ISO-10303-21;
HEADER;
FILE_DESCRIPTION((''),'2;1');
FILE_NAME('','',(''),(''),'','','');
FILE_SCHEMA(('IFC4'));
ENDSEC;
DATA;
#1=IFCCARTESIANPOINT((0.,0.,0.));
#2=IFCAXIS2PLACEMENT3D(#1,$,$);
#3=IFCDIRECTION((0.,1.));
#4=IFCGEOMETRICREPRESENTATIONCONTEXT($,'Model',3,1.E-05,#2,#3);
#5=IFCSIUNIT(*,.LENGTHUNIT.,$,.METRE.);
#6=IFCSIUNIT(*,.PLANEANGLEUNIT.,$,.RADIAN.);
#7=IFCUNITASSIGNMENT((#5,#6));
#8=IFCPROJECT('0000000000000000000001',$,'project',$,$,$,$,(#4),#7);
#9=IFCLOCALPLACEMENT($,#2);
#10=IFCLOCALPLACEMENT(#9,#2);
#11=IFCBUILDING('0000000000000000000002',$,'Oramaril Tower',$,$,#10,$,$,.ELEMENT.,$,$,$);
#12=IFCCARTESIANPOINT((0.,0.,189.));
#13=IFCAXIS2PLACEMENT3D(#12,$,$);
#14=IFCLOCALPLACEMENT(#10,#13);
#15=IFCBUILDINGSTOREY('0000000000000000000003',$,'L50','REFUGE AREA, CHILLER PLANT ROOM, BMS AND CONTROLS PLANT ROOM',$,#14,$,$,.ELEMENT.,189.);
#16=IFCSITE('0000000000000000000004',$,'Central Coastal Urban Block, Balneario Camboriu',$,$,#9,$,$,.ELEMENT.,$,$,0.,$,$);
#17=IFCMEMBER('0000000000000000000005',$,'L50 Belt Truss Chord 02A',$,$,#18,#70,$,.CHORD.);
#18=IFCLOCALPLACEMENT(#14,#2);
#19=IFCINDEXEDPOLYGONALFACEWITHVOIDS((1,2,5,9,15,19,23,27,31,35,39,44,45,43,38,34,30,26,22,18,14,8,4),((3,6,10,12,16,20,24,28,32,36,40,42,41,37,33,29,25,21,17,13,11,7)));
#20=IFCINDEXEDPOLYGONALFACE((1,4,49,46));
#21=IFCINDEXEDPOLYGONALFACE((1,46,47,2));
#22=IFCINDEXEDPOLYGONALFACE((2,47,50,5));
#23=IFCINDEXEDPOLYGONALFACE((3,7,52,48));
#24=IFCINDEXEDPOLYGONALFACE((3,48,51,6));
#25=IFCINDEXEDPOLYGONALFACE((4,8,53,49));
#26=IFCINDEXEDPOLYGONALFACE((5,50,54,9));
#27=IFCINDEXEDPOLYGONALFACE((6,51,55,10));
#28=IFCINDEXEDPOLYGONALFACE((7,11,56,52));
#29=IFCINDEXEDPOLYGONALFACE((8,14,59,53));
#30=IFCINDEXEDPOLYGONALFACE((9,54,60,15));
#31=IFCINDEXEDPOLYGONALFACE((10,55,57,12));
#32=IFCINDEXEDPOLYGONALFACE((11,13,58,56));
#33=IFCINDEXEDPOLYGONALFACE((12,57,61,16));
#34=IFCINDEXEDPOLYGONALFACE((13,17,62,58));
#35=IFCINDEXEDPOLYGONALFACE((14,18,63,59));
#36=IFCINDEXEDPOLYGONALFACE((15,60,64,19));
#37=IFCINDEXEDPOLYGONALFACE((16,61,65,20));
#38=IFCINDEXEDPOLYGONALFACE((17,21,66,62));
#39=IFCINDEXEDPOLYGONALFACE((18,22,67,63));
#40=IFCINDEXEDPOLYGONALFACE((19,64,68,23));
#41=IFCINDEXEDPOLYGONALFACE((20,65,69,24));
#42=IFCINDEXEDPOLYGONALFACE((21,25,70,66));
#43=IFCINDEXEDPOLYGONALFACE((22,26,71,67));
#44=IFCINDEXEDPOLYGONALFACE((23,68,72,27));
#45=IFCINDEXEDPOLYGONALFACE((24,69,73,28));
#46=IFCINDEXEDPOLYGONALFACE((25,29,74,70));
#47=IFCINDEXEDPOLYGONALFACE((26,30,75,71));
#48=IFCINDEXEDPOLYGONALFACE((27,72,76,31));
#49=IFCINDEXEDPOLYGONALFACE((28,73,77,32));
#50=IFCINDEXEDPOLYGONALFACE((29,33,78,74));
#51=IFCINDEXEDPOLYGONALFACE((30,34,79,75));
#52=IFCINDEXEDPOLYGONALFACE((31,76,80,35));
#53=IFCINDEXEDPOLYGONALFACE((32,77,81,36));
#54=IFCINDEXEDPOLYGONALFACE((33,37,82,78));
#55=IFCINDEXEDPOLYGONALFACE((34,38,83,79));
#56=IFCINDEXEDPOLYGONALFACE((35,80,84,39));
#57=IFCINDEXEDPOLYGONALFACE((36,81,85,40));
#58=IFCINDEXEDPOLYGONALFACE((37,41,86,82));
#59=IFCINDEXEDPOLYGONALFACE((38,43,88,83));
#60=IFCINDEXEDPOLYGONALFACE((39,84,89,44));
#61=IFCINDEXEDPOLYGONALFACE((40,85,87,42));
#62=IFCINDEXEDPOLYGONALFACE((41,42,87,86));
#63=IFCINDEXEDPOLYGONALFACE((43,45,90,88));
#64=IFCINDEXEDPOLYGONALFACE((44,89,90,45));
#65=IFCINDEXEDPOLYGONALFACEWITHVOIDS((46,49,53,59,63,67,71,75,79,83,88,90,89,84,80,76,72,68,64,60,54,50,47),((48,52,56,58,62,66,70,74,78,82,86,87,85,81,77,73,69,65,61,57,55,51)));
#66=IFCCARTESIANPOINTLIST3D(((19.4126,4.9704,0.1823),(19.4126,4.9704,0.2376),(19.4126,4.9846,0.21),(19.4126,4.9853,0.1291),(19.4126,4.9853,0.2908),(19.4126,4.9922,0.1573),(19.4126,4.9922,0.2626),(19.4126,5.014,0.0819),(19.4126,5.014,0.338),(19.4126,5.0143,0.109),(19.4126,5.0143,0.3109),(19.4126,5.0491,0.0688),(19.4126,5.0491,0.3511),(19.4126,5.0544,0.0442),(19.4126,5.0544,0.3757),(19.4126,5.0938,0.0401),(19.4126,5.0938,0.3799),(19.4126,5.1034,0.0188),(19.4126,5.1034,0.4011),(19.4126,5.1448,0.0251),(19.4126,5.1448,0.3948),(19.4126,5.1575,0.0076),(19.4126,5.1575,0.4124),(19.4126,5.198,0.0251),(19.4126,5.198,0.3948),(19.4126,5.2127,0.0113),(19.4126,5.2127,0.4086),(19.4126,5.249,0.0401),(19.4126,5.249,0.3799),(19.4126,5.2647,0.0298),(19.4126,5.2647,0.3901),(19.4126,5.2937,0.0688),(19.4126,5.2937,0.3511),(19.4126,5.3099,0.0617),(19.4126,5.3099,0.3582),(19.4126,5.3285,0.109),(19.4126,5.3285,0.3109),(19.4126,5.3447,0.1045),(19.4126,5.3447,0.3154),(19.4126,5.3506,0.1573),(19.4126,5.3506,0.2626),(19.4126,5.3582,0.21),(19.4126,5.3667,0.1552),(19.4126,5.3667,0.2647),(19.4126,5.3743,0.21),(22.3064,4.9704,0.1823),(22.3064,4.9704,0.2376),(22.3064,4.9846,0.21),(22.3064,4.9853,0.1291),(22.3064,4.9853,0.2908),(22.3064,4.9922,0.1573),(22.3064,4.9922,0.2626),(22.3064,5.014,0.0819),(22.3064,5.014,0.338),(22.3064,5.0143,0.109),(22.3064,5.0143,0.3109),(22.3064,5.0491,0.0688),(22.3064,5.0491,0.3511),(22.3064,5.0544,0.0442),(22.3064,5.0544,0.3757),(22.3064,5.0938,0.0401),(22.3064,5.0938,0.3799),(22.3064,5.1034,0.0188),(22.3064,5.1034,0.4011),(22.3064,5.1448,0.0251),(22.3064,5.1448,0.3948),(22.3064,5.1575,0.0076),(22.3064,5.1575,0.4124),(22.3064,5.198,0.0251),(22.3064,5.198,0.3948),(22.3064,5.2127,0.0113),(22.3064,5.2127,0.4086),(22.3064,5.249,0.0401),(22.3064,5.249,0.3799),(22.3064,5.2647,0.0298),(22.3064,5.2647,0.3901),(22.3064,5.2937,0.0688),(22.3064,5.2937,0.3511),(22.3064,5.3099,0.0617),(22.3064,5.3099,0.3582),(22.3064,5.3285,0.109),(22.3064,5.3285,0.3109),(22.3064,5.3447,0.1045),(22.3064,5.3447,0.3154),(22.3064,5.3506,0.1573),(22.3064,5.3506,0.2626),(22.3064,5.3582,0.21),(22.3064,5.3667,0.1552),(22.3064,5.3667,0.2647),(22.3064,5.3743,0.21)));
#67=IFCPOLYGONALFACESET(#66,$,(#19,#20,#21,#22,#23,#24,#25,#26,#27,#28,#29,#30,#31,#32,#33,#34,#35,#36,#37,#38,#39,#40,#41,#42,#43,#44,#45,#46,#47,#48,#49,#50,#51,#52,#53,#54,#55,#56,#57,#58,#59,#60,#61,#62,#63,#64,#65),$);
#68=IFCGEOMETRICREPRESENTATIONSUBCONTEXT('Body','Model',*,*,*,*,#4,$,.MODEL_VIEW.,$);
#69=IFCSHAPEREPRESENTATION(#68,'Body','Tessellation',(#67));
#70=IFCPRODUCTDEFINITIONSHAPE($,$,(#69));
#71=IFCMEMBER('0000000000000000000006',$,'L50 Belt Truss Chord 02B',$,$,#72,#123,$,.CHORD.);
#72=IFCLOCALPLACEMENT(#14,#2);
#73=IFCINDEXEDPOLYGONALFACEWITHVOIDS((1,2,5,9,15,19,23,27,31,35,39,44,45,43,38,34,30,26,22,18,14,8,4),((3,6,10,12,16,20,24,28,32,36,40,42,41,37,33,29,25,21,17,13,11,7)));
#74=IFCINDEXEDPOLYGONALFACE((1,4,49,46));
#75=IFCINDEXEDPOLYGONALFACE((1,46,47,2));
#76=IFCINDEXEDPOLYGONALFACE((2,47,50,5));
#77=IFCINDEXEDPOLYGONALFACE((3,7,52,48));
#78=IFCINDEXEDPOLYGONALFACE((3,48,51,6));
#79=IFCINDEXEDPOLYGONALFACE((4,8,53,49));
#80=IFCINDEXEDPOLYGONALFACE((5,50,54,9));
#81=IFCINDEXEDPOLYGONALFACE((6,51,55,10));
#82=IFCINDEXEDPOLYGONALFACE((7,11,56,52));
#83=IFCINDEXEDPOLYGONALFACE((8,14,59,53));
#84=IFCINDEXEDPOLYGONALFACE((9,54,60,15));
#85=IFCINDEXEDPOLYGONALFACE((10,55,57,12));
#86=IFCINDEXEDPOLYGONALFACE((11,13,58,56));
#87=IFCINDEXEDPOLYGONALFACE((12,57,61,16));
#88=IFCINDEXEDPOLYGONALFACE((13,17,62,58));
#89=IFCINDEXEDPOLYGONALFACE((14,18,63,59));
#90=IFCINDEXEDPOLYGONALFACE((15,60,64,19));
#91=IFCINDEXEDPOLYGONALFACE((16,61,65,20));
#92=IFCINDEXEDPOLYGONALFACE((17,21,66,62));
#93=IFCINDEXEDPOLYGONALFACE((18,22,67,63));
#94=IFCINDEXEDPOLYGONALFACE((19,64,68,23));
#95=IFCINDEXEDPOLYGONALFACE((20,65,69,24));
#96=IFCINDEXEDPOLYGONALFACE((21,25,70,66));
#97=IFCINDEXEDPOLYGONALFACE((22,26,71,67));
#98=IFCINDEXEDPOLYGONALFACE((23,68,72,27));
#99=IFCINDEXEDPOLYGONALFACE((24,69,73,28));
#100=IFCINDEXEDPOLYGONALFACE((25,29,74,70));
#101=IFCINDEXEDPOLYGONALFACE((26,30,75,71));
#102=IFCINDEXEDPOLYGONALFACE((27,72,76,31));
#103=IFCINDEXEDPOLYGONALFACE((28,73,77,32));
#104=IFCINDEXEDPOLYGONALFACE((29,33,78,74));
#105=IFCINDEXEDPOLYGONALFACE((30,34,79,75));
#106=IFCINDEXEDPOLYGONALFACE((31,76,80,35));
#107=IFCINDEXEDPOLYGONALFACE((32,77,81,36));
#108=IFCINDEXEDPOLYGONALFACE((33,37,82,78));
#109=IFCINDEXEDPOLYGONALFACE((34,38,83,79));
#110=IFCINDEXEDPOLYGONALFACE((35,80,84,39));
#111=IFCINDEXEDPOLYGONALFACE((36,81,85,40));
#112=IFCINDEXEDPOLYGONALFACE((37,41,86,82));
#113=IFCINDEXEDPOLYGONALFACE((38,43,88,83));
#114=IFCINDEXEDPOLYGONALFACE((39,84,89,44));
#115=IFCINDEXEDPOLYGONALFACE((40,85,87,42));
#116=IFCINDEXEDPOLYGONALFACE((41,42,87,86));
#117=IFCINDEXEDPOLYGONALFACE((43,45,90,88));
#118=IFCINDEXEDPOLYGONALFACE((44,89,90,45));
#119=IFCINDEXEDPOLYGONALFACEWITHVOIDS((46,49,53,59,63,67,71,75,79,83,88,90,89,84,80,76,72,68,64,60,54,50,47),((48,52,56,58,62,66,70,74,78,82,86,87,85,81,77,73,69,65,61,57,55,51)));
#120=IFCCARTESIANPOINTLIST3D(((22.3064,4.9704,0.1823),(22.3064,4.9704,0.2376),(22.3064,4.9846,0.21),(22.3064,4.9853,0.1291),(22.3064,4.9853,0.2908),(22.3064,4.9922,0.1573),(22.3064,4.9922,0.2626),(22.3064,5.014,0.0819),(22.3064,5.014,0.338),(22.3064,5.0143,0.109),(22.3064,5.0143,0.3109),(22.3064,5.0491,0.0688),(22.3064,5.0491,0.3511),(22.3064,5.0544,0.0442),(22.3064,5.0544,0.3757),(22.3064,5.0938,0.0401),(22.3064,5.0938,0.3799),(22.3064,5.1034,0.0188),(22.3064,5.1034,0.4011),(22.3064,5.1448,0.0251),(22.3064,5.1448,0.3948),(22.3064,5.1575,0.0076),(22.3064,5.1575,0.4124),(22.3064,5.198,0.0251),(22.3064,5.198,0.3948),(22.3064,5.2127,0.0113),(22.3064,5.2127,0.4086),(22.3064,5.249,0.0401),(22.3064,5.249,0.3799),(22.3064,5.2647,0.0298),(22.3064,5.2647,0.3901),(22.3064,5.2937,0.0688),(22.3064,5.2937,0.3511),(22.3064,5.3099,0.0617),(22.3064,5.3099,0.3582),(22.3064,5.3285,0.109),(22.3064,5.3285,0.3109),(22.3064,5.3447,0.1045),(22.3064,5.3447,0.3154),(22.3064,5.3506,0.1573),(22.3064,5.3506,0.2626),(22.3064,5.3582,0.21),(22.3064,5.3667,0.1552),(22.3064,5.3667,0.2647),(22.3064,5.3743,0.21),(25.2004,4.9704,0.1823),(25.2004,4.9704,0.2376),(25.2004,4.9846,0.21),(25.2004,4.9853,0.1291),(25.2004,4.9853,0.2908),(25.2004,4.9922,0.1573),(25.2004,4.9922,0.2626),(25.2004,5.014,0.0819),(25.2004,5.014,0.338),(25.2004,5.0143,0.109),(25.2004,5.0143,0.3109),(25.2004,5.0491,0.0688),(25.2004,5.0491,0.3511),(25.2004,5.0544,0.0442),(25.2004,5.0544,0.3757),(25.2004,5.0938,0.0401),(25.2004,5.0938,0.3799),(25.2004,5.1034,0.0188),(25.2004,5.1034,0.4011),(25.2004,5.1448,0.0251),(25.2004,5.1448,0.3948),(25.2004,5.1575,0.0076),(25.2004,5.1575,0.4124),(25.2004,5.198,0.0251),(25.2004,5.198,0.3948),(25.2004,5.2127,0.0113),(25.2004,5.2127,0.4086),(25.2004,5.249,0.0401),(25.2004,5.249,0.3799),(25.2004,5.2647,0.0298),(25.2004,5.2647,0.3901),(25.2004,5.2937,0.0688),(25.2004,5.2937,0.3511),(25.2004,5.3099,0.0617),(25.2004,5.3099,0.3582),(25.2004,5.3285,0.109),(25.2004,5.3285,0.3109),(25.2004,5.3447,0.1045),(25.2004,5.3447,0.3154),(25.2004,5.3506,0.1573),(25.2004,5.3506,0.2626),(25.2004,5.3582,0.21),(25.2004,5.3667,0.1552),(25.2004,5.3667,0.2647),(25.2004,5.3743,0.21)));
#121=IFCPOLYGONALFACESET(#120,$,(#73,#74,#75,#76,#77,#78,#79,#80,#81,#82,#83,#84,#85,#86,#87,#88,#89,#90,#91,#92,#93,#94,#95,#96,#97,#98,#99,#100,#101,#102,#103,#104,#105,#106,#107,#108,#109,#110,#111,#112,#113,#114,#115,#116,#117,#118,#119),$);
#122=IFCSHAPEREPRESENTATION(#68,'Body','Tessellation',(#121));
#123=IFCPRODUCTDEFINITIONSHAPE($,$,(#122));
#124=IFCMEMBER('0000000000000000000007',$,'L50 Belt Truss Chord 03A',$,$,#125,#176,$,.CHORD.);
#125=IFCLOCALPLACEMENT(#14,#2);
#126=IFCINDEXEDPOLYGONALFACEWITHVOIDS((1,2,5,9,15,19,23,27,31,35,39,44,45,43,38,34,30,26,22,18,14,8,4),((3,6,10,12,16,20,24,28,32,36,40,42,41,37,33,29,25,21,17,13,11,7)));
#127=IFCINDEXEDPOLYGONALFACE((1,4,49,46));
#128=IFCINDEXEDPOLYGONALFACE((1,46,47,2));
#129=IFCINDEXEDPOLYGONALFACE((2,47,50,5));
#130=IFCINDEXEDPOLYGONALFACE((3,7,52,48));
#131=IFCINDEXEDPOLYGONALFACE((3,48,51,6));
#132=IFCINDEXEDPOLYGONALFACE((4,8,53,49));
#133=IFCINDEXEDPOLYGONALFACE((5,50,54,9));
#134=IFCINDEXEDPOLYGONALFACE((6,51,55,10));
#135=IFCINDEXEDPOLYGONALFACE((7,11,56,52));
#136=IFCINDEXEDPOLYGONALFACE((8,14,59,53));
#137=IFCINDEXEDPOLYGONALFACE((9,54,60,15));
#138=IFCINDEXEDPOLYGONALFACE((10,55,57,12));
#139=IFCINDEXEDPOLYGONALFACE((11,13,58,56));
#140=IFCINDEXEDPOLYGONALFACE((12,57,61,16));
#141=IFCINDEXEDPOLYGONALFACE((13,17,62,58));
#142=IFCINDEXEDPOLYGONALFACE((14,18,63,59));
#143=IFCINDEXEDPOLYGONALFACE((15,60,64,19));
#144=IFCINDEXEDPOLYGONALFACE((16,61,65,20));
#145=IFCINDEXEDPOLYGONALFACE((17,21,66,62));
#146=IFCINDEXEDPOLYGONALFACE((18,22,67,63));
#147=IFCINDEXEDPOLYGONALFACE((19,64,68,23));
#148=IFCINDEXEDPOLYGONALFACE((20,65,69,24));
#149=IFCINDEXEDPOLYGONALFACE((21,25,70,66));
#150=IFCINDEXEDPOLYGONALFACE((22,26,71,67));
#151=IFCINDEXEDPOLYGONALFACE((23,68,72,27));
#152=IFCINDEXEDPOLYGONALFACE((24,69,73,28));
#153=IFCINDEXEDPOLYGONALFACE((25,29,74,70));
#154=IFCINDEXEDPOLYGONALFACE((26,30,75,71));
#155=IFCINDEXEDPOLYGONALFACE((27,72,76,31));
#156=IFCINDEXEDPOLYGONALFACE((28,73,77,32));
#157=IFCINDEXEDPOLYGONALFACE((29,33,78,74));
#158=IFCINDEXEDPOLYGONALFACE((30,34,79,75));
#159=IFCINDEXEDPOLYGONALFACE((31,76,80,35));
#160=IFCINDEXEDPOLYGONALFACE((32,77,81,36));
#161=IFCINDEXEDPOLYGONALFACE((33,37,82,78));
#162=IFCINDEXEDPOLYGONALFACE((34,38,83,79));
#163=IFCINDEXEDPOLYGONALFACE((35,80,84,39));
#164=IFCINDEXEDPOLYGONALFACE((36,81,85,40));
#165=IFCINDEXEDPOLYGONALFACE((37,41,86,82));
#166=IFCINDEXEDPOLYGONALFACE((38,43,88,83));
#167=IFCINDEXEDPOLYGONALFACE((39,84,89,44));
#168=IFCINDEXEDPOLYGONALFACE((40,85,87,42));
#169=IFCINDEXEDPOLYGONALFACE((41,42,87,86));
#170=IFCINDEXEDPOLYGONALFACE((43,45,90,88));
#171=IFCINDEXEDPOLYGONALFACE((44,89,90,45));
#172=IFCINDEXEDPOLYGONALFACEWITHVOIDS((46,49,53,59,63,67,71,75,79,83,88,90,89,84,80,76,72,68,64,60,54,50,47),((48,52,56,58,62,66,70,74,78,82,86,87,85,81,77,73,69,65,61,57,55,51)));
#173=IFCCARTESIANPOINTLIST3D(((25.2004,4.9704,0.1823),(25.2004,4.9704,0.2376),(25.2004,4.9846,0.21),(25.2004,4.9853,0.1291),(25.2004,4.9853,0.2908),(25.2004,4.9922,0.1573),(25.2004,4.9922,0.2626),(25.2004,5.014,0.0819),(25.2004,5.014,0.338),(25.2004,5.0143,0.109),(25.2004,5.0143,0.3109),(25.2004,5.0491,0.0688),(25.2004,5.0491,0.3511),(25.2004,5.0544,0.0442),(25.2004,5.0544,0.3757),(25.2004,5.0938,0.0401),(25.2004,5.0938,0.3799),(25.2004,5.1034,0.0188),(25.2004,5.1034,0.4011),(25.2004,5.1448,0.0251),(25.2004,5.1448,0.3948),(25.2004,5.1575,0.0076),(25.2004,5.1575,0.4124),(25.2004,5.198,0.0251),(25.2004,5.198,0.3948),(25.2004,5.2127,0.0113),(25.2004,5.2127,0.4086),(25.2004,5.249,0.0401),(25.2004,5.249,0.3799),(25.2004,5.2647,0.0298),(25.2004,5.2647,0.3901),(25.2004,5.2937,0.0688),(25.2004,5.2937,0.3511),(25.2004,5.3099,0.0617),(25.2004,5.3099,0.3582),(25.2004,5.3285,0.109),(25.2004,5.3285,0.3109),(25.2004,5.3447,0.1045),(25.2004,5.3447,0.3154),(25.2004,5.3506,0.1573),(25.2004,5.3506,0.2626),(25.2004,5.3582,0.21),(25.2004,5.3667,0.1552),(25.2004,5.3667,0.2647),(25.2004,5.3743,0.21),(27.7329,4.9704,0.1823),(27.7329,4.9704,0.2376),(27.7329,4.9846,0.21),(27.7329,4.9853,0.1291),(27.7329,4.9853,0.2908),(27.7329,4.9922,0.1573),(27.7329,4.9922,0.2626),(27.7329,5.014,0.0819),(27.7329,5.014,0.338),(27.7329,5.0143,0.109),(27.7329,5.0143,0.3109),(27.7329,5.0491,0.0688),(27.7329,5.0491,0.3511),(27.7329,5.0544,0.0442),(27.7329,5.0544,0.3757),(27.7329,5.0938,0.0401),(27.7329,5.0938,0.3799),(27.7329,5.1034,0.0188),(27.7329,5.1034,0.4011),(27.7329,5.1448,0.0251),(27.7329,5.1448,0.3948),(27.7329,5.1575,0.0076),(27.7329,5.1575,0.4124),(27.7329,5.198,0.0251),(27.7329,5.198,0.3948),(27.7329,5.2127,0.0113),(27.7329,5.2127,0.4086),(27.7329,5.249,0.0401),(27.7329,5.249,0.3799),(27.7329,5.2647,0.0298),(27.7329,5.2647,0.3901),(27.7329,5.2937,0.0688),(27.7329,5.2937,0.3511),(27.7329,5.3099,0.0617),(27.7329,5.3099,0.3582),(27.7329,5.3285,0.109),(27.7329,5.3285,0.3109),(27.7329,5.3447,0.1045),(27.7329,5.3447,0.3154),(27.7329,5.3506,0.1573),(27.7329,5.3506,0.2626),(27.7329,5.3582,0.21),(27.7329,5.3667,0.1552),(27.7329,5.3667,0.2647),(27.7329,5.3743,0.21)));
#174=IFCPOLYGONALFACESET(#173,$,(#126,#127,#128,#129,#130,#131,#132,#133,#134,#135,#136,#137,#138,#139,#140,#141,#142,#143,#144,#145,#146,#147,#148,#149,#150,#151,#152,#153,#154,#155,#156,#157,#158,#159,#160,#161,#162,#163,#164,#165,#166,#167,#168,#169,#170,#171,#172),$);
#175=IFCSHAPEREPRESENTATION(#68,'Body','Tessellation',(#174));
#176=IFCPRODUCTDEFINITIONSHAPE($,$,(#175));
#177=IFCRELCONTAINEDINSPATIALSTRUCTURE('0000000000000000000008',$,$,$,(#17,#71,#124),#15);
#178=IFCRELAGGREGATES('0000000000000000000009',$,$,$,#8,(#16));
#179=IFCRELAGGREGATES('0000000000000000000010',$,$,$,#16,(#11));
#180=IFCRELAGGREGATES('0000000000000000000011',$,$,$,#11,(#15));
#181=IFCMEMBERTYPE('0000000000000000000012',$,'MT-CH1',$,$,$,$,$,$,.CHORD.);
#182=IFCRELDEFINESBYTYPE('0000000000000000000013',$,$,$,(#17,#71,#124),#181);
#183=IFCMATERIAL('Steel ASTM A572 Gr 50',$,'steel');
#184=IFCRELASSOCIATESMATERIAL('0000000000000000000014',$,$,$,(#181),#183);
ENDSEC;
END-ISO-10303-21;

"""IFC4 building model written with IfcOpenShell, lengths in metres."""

from ifc_helpers import new_model, si_unit, direction, frame, origin, origin_2d, place, context, subcontext, project, spatial, hollow_circle, extrude, material, material_profile, profile_set, type_object, element, save


model = new_model("IFC4")

# Units and contexts
model_context = context("Model", 3, precision=1e-05, world=origin(), true_north=direction((0.0, 1.0)))
body_context = subcontext(model_context, "Body", "Model", "MODEL_VIEW")
ifc_project = project(units=[si_unit("LENGTHUNIT", "METRE"), si_unit("PLANEANGLEUNIT", "RADIAN")], contexts=[model_context])

# Site, building, storey
site_placement = place(None, origin())
site = spatial("IfcSite", under=ifc_project, at=site_placement, Name="Central Coastal Urban Block, Balneario Camboriu", CompositionType="ELEMENT", RefElevation=0.0)
building_placement = place(site_placement, origin())
building = spatial("IfcBuilding", under=site, at=building_placement, Name="Oramaril Tower", CompositionType="ELEMENT")
storey_placement = place(building_placement, frame((0.0, 0.0, 189.0)))
storey = spatial("IfcBuildingStorey", under=building, at=storey_placement, Name="L50", Description="REFUGE AREA, CHILLER PLANT ROOM, BMS AND CONTROLS PLANT ROOM", CompositionType="ELEMENT", Elevation=189.0)

# Members
ifc_material_1 = material(Name="Steel ASTM A572 Gr 50", Category="steel")
ifc_material_profile_1 = material_profile(ifc_material_1, hollow_circle(Radius=0.2029, WallThickness=0.0161, at=origin_2d()), Name="CHS406X16")
ifc_profile_set_1 = profile_set([ifc_material_profile_1], Name="Steel ASTM A572 Gr 50")
member_type_1 = type_object("IfcMemberType", Name="MT-CH1", PredefinedType="CHORD", material=ifc_profile_set_1)
member_1_placement = place(storey_placement, frame((19.4126, 5.1714, 0.21), z_axis=(1.0, 0.0, 0.0), x_axis=(0.0, 1.0, 0.0)))
element("IfcMember", 1, at=member_1_placement, inside=storey, type_object=member_type_1, Name="L50 Belt Truss Chord 02A", PredefinedType="CHORD", context=body_context, shape_type="SweptSolid", body=[
    extrude(hollow_circle(Radius=0.2029, WallThickness=0.0161, at=origin_2d()), origin(), (0.0, 0.0, 1.0), 2.8938),
])
member_2_placement = place(storey_placement, frame((22.3064, 5.1714, 0.21), z_axis=(1.0, 0.0, 0.0), x_axis=(0.0, 1.0, 0.0)))
element("IfcMember", 2, at=member_2_placement, inside=storey, type_object=member_type_1, Name="L50 Belt Truss Chord 02B", PredefinedType="CHORD", context=body_context, shape_type="SweptSolid", body=[
    extrude(hollow_circle(Radius=0.2029, WallThickness=0.0161, at=origin_2d()), origin(), (0.0, 0.0, 1.0), 2.894),
])
member_3_placement = place(storey_placement, frame((25.2004, 5.1714, 0.21), z_axis=(1.0, 0.0, 0.0), x_axis=(0.0, 1.0, 0.0)))
element("IfcMember", 3, at=member_3_placement, inside=storey, type_object=member_type_1, Name="L50 Belt Truss Chord 03A", PredefinedType="CHORD", context=body_context, shape_type="SweptSolid", body=[
    extrude(hollow_circle(Radius=0.2029, WallThickness=0.0161, at=origin_2d()), origin(), (0.0, 0.0, 1.0), 2.5325),
])

save(model, "model.ifc")
